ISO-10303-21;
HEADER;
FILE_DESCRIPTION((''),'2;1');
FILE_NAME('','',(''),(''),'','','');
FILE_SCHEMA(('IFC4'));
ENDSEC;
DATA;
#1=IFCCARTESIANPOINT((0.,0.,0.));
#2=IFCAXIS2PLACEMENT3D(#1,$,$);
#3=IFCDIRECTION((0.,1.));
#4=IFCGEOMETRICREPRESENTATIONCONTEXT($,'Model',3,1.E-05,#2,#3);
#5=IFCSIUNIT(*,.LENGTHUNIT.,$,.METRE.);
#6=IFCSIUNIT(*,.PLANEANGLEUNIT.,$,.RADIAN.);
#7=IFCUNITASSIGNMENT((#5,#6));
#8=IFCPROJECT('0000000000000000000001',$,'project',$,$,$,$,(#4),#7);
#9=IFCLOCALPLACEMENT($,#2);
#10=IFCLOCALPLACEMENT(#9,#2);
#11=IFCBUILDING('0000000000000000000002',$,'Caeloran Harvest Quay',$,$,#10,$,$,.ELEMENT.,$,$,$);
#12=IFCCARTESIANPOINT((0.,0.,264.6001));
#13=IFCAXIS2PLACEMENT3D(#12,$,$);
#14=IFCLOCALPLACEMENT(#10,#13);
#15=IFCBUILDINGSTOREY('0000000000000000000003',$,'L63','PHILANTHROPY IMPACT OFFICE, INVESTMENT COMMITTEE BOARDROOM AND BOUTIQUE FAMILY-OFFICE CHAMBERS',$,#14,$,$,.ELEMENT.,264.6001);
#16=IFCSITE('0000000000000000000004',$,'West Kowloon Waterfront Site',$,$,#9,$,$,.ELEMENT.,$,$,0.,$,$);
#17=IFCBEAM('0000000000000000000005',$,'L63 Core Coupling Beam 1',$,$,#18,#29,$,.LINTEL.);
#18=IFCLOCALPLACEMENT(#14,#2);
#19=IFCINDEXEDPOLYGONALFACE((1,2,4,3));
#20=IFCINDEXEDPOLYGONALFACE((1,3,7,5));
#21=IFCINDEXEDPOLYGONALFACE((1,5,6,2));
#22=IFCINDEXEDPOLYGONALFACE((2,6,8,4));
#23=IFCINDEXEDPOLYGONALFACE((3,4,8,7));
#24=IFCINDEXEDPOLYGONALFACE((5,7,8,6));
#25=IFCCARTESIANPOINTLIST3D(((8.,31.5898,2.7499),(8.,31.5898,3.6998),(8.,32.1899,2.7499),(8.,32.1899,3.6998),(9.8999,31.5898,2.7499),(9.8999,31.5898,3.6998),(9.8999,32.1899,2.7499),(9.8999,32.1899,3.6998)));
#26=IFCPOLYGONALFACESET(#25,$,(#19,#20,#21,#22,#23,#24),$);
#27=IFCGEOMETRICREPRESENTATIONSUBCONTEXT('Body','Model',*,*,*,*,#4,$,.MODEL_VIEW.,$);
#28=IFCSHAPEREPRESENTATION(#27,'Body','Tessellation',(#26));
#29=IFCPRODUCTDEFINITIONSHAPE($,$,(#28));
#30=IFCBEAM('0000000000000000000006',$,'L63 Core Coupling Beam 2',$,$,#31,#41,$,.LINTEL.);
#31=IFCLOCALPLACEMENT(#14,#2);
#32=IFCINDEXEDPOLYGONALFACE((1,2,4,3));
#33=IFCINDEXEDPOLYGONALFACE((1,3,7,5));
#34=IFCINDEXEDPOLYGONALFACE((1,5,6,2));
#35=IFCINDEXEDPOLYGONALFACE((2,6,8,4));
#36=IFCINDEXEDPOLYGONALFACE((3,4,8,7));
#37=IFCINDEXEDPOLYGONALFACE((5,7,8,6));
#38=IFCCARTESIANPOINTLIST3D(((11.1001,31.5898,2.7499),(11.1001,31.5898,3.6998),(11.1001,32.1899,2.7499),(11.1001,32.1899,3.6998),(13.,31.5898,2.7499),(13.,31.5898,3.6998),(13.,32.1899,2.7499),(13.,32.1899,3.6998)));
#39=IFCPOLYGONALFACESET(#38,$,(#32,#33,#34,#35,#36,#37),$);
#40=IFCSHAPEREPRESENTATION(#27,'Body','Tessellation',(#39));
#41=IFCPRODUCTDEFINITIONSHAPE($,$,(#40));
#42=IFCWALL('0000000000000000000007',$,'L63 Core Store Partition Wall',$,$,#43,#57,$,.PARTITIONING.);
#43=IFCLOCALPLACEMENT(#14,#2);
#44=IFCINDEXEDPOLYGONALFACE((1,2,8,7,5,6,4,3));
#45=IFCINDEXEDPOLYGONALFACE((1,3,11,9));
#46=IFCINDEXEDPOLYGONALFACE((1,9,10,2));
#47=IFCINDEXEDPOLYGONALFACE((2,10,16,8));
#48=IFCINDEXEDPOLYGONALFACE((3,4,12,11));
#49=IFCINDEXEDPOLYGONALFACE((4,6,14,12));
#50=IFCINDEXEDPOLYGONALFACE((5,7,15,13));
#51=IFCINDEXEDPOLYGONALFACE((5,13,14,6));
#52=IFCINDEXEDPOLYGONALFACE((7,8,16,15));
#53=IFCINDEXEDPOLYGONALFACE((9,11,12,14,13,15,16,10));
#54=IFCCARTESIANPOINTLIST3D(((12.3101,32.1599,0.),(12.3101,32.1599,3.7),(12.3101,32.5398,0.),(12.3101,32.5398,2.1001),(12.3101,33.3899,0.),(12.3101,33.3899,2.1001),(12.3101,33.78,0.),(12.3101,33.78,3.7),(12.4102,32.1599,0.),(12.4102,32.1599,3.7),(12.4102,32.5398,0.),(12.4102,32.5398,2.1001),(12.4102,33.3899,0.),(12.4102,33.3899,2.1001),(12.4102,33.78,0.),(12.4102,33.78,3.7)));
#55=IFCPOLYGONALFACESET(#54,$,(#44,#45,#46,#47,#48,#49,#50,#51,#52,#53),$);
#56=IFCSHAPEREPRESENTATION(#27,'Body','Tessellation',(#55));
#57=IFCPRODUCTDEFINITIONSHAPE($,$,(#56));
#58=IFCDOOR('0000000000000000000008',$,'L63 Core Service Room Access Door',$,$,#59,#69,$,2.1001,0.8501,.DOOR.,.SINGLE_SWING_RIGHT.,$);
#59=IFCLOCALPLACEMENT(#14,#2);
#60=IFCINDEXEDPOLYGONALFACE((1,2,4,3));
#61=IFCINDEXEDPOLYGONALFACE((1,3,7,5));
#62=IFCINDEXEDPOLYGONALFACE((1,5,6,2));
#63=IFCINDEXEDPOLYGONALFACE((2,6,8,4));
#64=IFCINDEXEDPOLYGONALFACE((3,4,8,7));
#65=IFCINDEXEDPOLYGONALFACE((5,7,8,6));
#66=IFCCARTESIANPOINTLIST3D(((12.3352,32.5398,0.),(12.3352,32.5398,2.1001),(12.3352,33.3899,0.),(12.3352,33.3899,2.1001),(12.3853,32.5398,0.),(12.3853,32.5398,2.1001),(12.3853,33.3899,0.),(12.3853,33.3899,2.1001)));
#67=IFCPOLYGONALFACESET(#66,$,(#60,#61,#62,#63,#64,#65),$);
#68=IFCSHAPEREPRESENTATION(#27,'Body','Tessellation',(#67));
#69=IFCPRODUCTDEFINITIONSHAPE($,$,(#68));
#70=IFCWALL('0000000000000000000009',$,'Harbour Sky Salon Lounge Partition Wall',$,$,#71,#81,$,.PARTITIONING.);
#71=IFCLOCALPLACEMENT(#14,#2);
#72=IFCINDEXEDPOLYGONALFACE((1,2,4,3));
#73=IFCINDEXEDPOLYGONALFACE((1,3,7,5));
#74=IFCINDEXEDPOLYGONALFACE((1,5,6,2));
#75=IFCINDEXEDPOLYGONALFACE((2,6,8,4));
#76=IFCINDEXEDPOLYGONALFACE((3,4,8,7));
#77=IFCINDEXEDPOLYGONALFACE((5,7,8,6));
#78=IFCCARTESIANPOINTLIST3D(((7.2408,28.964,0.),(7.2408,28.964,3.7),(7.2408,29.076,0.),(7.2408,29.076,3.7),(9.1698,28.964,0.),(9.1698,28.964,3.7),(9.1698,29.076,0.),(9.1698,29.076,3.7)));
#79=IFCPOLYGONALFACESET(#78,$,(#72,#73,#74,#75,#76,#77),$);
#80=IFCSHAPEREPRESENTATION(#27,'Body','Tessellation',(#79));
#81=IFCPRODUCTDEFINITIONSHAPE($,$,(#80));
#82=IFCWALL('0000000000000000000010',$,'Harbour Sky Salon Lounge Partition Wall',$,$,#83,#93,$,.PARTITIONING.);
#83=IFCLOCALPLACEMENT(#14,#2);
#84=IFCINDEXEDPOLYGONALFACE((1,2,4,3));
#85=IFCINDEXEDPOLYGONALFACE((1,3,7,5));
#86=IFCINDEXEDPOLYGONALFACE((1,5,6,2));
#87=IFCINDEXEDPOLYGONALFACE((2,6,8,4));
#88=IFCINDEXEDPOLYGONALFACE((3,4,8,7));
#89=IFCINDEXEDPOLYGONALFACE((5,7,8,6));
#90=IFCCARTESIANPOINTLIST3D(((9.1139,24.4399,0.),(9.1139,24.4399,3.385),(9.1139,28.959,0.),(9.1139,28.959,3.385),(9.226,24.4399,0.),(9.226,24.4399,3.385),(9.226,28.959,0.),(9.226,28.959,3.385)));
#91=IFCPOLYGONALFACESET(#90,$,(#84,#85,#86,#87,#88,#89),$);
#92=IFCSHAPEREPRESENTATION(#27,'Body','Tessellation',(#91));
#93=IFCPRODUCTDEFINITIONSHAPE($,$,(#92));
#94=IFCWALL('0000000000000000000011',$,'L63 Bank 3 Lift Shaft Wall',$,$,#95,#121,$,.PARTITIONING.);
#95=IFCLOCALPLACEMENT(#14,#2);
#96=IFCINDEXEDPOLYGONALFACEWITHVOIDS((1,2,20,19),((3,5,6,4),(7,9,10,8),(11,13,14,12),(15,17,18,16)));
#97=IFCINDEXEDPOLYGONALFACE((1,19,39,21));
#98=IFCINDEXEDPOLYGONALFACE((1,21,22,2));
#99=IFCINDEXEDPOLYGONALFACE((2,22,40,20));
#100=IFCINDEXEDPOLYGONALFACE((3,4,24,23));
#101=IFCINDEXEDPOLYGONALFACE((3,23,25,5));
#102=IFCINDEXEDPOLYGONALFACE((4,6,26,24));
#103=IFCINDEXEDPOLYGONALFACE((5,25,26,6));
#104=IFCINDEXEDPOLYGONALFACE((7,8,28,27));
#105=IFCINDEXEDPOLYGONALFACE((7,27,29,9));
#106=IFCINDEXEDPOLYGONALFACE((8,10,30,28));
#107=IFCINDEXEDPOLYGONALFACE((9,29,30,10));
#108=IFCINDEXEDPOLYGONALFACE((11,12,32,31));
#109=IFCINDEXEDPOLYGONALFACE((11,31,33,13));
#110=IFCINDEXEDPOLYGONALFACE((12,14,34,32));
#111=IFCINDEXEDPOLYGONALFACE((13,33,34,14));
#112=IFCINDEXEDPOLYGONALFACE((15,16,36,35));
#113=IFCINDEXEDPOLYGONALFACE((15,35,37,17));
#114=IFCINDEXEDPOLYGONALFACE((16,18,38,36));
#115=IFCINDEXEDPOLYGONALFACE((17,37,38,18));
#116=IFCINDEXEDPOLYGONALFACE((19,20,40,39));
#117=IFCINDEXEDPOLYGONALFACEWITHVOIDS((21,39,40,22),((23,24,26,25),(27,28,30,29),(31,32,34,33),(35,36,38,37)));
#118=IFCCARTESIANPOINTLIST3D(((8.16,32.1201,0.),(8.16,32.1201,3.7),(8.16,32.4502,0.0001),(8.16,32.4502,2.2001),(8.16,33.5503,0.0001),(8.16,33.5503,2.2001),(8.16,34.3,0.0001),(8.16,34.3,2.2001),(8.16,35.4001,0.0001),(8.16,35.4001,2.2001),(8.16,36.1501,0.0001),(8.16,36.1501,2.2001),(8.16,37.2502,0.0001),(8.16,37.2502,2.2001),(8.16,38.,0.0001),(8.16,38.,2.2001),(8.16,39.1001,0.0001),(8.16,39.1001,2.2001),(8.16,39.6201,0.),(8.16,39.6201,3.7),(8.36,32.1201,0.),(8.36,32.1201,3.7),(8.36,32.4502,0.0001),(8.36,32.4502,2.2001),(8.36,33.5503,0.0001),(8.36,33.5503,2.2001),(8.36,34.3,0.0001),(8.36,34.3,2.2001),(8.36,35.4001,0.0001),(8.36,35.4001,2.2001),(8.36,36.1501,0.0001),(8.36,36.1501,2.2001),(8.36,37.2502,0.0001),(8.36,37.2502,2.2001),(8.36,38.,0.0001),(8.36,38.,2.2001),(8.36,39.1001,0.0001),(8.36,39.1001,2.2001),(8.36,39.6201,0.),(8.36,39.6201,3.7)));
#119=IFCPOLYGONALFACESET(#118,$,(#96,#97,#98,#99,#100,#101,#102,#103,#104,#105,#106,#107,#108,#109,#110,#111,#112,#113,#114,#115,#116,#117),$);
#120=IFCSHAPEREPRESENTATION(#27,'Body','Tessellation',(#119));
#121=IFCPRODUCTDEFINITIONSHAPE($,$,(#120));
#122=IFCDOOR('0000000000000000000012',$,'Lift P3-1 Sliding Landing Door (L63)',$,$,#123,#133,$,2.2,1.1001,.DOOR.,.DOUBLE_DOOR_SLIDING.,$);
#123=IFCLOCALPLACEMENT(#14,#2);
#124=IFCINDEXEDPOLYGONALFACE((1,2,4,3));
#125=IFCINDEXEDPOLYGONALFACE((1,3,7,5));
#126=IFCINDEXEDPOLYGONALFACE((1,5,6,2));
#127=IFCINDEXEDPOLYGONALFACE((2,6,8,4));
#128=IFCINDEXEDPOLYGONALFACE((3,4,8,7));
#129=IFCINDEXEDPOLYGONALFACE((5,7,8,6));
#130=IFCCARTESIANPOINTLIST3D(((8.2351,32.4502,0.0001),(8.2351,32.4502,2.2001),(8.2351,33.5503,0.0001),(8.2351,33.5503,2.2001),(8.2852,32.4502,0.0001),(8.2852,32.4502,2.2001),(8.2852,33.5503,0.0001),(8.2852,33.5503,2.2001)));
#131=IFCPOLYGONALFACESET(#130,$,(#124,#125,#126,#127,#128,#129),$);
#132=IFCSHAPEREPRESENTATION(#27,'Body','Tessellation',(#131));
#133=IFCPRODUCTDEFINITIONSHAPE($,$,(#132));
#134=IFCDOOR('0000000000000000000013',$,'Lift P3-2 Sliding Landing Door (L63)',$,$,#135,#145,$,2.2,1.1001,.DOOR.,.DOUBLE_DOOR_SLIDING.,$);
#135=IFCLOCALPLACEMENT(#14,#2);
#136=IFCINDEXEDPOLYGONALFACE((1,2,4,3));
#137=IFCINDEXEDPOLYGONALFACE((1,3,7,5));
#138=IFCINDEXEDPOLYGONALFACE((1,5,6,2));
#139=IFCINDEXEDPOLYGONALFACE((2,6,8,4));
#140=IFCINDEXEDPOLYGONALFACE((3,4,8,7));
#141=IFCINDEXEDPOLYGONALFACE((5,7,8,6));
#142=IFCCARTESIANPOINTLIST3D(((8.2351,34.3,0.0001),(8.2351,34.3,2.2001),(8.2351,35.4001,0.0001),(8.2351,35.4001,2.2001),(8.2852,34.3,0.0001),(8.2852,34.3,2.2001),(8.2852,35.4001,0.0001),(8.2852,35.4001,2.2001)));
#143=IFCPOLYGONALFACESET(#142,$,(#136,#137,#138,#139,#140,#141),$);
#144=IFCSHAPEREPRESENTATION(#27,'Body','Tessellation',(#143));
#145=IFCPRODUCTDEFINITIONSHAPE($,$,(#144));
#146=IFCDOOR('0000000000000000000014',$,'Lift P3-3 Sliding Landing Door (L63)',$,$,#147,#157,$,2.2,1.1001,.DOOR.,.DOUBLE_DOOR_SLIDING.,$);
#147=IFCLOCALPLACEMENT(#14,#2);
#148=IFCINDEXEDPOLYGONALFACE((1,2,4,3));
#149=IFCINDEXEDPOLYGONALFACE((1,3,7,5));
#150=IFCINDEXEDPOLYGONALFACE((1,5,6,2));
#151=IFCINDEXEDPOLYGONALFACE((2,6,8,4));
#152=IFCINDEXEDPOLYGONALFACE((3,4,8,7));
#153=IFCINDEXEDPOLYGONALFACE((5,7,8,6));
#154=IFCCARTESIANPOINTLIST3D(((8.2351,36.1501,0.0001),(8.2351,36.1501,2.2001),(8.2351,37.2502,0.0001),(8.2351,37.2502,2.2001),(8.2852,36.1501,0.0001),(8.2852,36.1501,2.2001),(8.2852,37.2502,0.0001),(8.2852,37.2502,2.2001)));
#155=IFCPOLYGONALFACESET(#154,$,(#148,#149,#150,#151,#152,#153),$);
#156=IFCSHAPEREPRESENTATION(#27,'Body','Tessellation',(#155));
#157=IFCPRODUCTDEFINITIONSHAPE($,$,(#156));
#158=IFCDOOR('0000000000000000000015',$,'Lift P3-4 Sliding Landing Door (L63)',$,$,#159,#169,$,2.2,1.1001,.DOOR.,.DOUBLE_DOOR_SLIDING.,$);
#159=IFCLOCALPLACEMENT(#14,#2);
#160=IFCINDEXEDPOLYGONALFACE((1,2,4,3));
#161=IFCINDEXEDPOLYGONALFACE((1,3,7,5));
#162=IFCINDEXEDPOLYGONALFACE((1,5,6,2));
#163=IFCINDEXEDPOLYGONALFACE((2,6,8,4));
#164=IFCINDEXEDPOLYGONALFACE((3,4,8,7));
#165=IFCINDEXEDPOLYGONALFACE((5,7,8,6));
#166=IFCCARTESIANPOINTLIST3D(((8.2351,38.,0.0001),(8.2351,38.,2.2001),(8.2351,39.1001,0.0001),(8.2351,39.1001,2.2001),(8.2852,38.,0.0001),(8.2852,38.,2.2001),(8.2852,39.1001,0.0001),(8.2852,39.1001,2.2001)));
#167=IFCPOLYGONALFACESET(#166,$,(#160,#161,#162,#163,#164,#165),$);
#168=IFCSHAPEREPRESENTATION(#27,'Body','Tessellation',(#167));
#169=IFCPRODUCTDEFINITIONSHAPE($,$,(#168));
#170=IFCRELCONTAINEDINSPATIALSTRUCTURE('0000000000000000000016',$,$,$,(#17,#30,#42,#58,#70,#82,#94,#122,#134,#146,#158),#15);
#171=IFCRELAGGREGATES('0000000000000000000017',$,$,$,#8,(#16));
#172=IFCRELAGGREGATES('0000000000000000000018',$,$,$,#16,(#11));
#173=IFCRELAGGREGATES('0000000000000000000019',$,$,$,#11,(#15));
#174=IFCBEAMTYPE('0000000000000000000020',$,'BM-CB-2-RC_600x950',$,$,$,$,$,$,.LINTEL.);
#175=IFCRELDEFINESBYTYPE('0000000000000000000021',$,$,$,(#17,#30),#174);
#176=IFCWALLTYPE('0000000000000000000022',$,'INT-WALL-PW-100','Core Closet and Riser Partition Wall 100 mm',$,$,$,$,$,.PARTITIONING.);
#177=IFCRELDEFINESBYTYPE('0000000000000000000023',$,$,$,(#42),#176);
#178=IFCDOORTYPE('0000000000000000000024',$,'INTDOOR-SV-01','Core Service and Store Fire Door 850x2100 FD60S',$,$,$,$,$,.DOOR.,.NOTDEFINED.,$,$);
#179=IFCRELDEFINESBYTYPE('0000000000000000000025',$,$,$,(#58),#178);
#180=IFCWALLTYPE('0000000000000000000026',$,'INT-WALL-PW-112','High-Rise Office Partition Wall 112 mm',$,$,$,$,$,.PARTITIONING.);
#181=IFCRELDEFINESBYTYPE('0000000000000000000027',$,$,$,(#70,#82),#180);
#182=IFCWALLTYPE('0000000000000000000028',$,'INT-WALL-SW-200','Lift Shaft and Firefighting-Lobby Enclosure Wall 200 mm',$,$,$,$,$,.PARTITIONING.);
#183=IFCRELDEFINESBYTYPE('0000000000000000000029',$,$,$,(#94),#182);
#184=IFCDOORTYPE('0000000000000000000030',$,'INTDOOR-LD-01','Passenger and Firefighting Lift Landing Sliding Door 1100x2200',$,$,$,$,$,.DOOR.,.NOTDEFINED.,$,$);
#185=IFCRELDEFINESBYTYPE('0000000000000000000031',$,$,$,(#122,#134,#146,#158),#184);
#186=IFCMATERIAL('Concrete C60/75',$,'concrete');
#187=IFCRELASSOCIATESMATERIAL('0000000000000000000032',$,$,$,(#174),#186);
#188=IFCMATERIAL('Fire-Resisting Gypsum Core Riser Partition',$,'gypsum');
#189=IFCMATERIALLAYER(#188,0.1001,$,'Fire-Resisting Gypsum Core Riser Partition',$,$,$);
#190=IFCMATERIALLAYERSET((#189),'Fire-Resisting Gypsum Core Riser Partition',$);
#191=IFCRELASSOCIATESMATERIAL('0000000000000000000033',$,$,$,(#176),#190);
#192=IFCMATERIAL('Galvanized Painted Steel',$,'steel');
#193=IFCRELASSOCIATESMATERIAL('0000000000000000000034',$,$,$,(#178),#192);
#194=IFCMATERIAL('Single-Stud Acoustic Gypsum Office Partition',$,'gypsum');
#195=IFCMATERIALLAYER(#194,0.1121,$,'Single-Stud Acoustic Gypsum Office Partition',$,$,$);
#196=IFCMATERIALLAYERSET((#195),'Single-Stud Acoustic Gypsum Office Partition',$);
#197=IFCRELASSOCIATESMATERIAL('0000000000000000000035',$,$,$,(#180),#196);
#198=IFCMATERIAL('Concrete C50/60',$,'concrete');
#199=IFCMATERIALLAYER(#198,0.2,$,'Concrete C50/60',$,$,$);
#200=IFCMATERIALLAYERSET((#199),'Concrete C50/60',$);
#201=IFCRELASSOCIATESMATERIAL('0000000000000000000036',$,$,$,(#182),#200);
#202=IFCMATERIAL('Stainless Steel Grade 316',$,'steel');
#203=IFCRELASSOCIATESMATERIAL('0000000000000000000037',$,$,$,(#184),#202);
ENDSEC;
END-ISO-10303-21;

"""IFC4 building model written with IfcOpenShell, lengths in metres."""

from ifc_helpers import new_model, si_unit, direction, frame, frame_2d, origin, origin_2d, place, context, subcontext, project, spatial, rectangle, extrude, material, layer, layer_set, material_profile, profile_set, type_object, element, fill, save


model = new_model("IFC4")

# Units and contexts
model_context = context("Model", 3, precision=1e-05, world=origin(), true_north=direction((0.0, 1.0)))
body_context = subcontext(model_context, "Body", "Model", "MODEL_VIEW")
ifc_project = project(units=[si_unit("LENGTHUNIT", "METRE"), si_unit("PLANEANGLEUNIT", "RADIAN")], contexts=[model_context])

# Site, building, storey
site_placement = place(None, origin())
site = spatial("IfcSite", under=ifc_project, at=site_placement, Name="West Kowloon Waterfront Site", CompositionType="ELEMENT", RefElevation=0.0)
building_placement = place(site_placement, origin())
building = spatial("IfcBuilding", under=site, at=building_placement, Name="Caeloran Harvest Quay", CompositionType="ELEMENT")
storey_placement = place(building_placement, frame((0.0, 0.0, 264.6001)))
storey = spatial("IfcBuildingStorey", under=building, at=storey_placement, Name="L63", Description="PHILANTHROPY IMPACT OFFICE, INVESTMENT COMMITTEE BOARDROOM AND BOUTIQUE FAMILY-OFFICE CHAMBERS", CompositionType="ELEMENT", Elevation=264.6001)

# Beams
ifc_material_1 = material(Name="Concrete C60/75", Category="concrete")
ifc_material_profile = material_profile(ifc_material_1, rectangle(XDim=0.6001, YDim=0.95, at=origin_2d()), Name="RC 600x950")
ifc_profile_set = profile_set([ifc_material_profile], Name="Concrete C60/75")
beam_type = type_object("IfcBeamType", Name="BM-CB-2-RC_600x950", PredefinedType="LINTEL", material=ifc_profile_set)
for number, where, z_axis, x_axis, name in (
    (1, (8.0, 31.8899, 3.2249), (1.0, 0.0, 0.0), (0.0, 1.0, 0.0), "L63 Core Coupling Beam 1"),
    (2, (11.1001, 31.8899, 3.2249), (1.0, 0.0, 0.0), (0.0, 1.0, 0.0), "L63 Core Coupling Beam 2"),
):
    element("IfcBeam", number, at=place(storey_placement, frame(where, z_axis=z_axis, x_axis=x_axis)), inside=storey, type_object=beam_type, Name=name, PredefinedType="LINTEL", context=body_context, shape_type="SweptSolid", body=[
        extrude(rectangle(XDim=0.6001, YDim=0.95, at=origin_2d()), origin(), (0.0, 0.0, 1.0), 1.8999),
    ])

# Wall, opening, door
ifc_material_2 = material(Name="Fire-Resisting Gypsum Core Riser Partition", Category="gypsum")
ifc_layer_1 = layer(ifc_material_2, 0.1001, Name="Fire-Resisting Gypsum Core Riser Partition")
ifc_layer_set_1 = layer_set([ifc_layer_1], Name="Fire-Resisting Gypsum Core Riser Partition")
wall_type_1 = type_object("IfcWallType", Name="INT-WALL-PW-100", Description="Core Closet and Riser Partition Wall 100 mm", PredefinedType="PARTITIONING", material=ifc_layer_set_1)
wall_1_placement = place(storey_placement, frame((12.3601, 32.1599, 0.0), z_axis=(0.0, 0.0, 1.0), x_axis=(0.0, 1.0, 0.0)))
wall_1 = element("IfcWall", 3, at=wall_1_placement, inside=storey, type_object=wall_type_1, Name="L63 Core Store Partition Wall", PredefinedType="PARTITIONING", context=body_context, shape_type="SweptSolid", body=[
    extrude(rectangle(XDim=1.6201, YDim=0.1001, at=frame_2d((0.8101, 0.0))), origin(), (0.0, 0.0, 1.0), 3.7),
])
opening_1_placement = place(wall_1_placement, frame((0.3799, 0.0, 0.0)))
opening_1 = element("IfcOpeningElement", 4, at=opening_1_placement, cuts=wall_1, PredefinedType="OPENING", context=body_context, shape_type="SweptSolid", body=[
    extrude(rectangle(XDim=0.8501, YDim=2.1001, at=frame_2d((0.425, 1.05))), frame((0.0, 0.0601, 0.0), z_axis=(0.0, -1.0, 0.0), x_axis=(1.0, 0.0, 0.0)), (0.0, 0.0, 1.0), 0.1201),
])
ifc_material_3 = material(Name="Galvanized Painted Steel", Category="steel")
door_type_1 = type_object("IfcDoorType", Name="INTDOOR-SV-01", Description="Core Service and Store Fire Door 850x2100 FD60S", OperationType="NOTDEFINED", PredefinedType="DOOR", material=ifc_material_3)
door_1_placement = place(opening_1_placement, origin())
door_1 = element("IfcDoor", 5, at=door_1_placement, inside=storey, type_object=door_type_1, Name="L63 Core Service Room Access Door", OperationType="SINGLE_SWING_RIGHT", OverallHeight=2.1001, OverallWidth=0.8501, PredefinedType="DOOR", context=body_context, shape_type="SweptSolid", body=[
    extrude(rectangle(XDim=0.8501, YDim=2.1001, at=frame_2d((0.425, 1.05))), frame((0.0, 0.0249, 0.0), z_axis=(0.0, -1.0, 0.0), x_axis=(1.0, 0.0, 0.0)), (0.0, 0.0, 1.0), 0.05),
])
fill(opening_1, door_1)

# Walls
ifc_material_4 = material(Name="Single-Stud Acoustic Gypsum Office Partition", Category="gypsum")
ifc_layer_2 = layer(ifc_material_4, 0.1121, Name="Single-Stud Acoustic Gypsum Office Partition")
ifc_layer_set_2 = layer_set([ifc_layer_2], Name="Single-Stud Acoustic Gypsum Office Partition")
wall_type_2 = type_object("IfcWallType", Name="INT-WALL-PW-112", Description="High-Rise Office Partition Wall 112 mm", PredefinedType="PARTITIONING", material=ifc_layer_set_2)
wall_2_placement = place(storey_placement, frame((7.241, 29.02, 0.0), z_axis=(0.0, 0.0, 1.0), x_axis=(1.0, 0.0, 0.0)))
element("IfcWall", 6, at=wall_2_placement, inside=storey, type_object=wall_type_2, Name="Harbour Sky Salon Lounge Partition Wall", PredefinedType="PARTITIONING", context=body_context, shape_type="SweptSolid", body=[
    extrude(rectangle(XDim=1.929, YDim=0.1121, at=frame_2d((0.9644, 0.0))), origin(), (0.0, 0.0, 1.0), 3.7),
])
wall_3_placement = place(storey_placement, frame((9.1699, 28.959, 0.0), z_axis=(0.0, 0.0, 1.0), x_axis=(0.0, -1.0, 0.0)))
element("IfcWall", 7, at=wall_3_placement, inside=storey, type_object=wall_type_2, Name="Harbour Sky Salon Lounge Partition Wall", PredefinedType="PARTITIONING", context=body_context, shape_type="SweptSolid", body=[
    extrude(rectangle(XDim=4.519, YDim=0.1121, at=frame_2d((2.2595, 0.0))), origin(), (0.0, 0.0, 1.0), 3.385),
])

# Wall, openings, doors
ifc_material_5 = material(Name="Concrete C50/60", Category="concrete")
ifc_layer_3 = layer(ifc_material_5, 0.2, Name="Concrete C50/60")
ifc_layer_set_3 = layer_set([ifc_layer_3], Name="Concrete C50/60")
wall_type_3 = type_object("IfcWallType", Name="INT-WALL-SW-200", Description="Lift Shaft and Firefighting-Lobby Enclosure Wall 200 mm", PredefinedType="PARTITIONING", material=ifc_layer_set_3)
wall_4_placement = place(storey_placement, frame((8.26, 32.1201, 0.0), z_axis=(0.0, 0.0, 1.0), x_axis=(0.0, 1.0, 0.0)))
wall_4 = element("IfcWall", 8, at=wall_4_placement, inside=storey, type_object=wall_type_3, Name="L63 Bank 3 Lift Shaft Wall", PredefinedType="PARTITIONING", context=body_context, shape_type="SweptSolid", body=[
    extrude(rectangle(XDim=7.5, YDim=0.2, at=frame_2d((3.75, 0.0))), origin(), (0.0, 0.0, 1.0), 3.7),
])
opening_2_placement = place(wall_4_placement, frame((0.3301, 0.0, 0.0)))
opening_2 = element("IfcOpeningElement", 9, at=opening_2_placement, cuts=wall_4, PredefinedType="OPENING", context=body_context, shape_type="SweptSolid", body=[
    extrude(rectangle(XDim=1.1001, YDim=2.2, at=frame_2d((0.55, 1.1001))), frame((0.0, 0.1099, 0.0), z_axis=(0.0, -1.0, 0.0), x_axis=(1.0, 0.0, 0.0)), (0.0, 0.0, 1.0), 0.22),
])
opening_3_placement = place(wall_4_placement, frame((2.1799, 0.0, 0.0)))
opening_3 = element("IfcOpeningElement", 10, at=opening_3_placement, cuts=wall_4, PredefinedType="OPENING", context=body_context, shape_type="SweptSolid", body=[
    extrude(rectangle(XDim=1.1001, YDim=2.2, at=frame_2d((0.55, 1.1001))), frame((0.0, 0.1099, 0.0), z_axis=(0.0, -1.0, 0.0), x_axis=(1.0, 0.0, 0.0)), (0.0, 0.0, 1.0), 0.22),
])
opening_4_placement = place(wall_4_placement, frame((4.03, 0.0, 0.0)))
opening_4 = element("IfcOpeningElement", 11, at=opening_4_placement, cuts=wall_4, PredefinedType="OPENING", context=body_context, shape_type="SweptSolid", body=[
    extrude(rectangle(XDim=1.1001, YDim=2.2, at=frame_2d((0.55, 1.1001))), frame((0.0, 0.1099, 0.0), z_axis=(0.0, -1.0, 0.0), x_axis=(1.0, 0.0, 0.0)), (0.0, 0.0, 1.0), 0.22),
])
opening_5_placement = place(wall_4_placement, frame((5.8799, 0.0, 0.0)))
opening_5 = element("IfcOpeningElement", 12, at=opening_5_placement, cuts=wall_4, PredefinedType="OPENING", context=body_context, shape_type="SweptSolid", body=[
    extrude(rectangle(XDim=1.1001, YDim=2.2, at=frame_2d((0.55, 1.1001))), frame((0.0, 0.1099, 0.0), z_axis=(0.0, -1.0, 0.0), x_axis=(1.0, 0.0, 0.0)), (0.0, 0.0, 1.0), 0.22),
])
ifc_material_6 = material(Name="Stainless Steel Grade 316", Category="steel")
door_type_2 = type_object("IfcDoorType", Name="INTDOOR-LD-01", Description="Passenger and Firefighting Lift Landing Sliding Door 1100x2200", OperationType="NOTDEFINED", PredefinedType="DOOR", material=ifc_material_6)
door_2_placement = place(opening_2_placement, origin())
door_2 = element("IfcDoor", 13, at=door_2_placement, inside=storey, type_object=door_type_2, Name="Lift P3-1 Sliding Landing Door (L63)", OperationType="DOUBLE_DOOR_SLIDING", OverallHeight=2.2, OverallWidth=1.1001, PredefinedType="DOOR", context=body_context, shape_type="SweptSolid", body=[
    extrude(rectangle(XDim=1.1001, YDim=2.2, at=frame_2d((0.55, 1.1001))), frame((0.0, 0.0249, 0.0), z_axis=(0.0, -1.0, 0.0), x_axis=(1.0, 0.0, 0.0)), (0.0, 0.0, 1.0), 0.05),
])
fill(opening_2, door_2)
door_3_placement = place(opening_3_placement, origin())
door_3 = element("IfcDoor", 14, at=door_3_placement, inside=storey, type_object=door_type_2, Name="Lift P3-2 Sliding Landing Door (L63)", OperationType="DOUBLE_DOOR_SLIDING", OverallHeight=2.2, OverallWidth=1.1001, PredefinedType="DOOR", context=body_context, shape_type="SweptSolid", body=[
    extrude(rectangle(XDim=1.1001, YDim=2.2, at=frame_2d((0.55, 1.1001))), frame((0.0, 0.0249, 0.0), z_axis=(0.0, -1.0, 0.0), x_axis=(1.0, 0.0, 0.0)), (0.0, 0.0, 1.0), 0.05),
])
fill(opening_3, door_3)
door_4_placement = place(opening_4_placement, origin())
door_4 = element("IfcDoor", 15, at=door_4_placement, inside=storey, type_object=door_type_2, Name="Lift P3-3 Sliding Landing Door (L63)", OperationType="DOUBLE_DOOR_SLIDING", OverallHeight=2.2, OverallWidth=1.1001, PredefinedType="DOOR", context=body_context, shape_type="SweptSolid", body=[
    extrude(rectangle(XDim=1.1001, YDim=2.2, at=frame_2d((0.55, 1.1001))), frame((0.0, 0.0249, 0.0), z_axis=(0.0, -1.0, 0.0), x_axis=(1.0, 0.0, 0.0)), (0.0, 0.0, 1.0), 0.05),
])
fill(opening_4, door_4)
door_5_placement = place(opening_5_placement, origin())
door_5 = element("IfcDoor", 16, at=door_5_placement, inside=storey, type_object=door_type_2, Name="Lift P3-4 Sliding Landing Door (L63)", OperationType="DOUBLE_DOOR_SLIDING", OverallHeight=2.2, OverallWidth=1.1001, PredefinedType="DOOR", context=body_context, shape_type="SweptSolid", body=[
    extrude(rectangle(XDim=1.1001, YDim=2.2, at=frame_2d((0.55, 1.1001))), frame((0.0, 0.0249, 0.0), z_axis=(0.0, -1.0, 0.0), x_axis=(1.0, 0.0, 0.0)), (0.0, 0.0, 1.0), 0.05),
])
fill(opening_5, door_5)

save(model, "model.ifc")
